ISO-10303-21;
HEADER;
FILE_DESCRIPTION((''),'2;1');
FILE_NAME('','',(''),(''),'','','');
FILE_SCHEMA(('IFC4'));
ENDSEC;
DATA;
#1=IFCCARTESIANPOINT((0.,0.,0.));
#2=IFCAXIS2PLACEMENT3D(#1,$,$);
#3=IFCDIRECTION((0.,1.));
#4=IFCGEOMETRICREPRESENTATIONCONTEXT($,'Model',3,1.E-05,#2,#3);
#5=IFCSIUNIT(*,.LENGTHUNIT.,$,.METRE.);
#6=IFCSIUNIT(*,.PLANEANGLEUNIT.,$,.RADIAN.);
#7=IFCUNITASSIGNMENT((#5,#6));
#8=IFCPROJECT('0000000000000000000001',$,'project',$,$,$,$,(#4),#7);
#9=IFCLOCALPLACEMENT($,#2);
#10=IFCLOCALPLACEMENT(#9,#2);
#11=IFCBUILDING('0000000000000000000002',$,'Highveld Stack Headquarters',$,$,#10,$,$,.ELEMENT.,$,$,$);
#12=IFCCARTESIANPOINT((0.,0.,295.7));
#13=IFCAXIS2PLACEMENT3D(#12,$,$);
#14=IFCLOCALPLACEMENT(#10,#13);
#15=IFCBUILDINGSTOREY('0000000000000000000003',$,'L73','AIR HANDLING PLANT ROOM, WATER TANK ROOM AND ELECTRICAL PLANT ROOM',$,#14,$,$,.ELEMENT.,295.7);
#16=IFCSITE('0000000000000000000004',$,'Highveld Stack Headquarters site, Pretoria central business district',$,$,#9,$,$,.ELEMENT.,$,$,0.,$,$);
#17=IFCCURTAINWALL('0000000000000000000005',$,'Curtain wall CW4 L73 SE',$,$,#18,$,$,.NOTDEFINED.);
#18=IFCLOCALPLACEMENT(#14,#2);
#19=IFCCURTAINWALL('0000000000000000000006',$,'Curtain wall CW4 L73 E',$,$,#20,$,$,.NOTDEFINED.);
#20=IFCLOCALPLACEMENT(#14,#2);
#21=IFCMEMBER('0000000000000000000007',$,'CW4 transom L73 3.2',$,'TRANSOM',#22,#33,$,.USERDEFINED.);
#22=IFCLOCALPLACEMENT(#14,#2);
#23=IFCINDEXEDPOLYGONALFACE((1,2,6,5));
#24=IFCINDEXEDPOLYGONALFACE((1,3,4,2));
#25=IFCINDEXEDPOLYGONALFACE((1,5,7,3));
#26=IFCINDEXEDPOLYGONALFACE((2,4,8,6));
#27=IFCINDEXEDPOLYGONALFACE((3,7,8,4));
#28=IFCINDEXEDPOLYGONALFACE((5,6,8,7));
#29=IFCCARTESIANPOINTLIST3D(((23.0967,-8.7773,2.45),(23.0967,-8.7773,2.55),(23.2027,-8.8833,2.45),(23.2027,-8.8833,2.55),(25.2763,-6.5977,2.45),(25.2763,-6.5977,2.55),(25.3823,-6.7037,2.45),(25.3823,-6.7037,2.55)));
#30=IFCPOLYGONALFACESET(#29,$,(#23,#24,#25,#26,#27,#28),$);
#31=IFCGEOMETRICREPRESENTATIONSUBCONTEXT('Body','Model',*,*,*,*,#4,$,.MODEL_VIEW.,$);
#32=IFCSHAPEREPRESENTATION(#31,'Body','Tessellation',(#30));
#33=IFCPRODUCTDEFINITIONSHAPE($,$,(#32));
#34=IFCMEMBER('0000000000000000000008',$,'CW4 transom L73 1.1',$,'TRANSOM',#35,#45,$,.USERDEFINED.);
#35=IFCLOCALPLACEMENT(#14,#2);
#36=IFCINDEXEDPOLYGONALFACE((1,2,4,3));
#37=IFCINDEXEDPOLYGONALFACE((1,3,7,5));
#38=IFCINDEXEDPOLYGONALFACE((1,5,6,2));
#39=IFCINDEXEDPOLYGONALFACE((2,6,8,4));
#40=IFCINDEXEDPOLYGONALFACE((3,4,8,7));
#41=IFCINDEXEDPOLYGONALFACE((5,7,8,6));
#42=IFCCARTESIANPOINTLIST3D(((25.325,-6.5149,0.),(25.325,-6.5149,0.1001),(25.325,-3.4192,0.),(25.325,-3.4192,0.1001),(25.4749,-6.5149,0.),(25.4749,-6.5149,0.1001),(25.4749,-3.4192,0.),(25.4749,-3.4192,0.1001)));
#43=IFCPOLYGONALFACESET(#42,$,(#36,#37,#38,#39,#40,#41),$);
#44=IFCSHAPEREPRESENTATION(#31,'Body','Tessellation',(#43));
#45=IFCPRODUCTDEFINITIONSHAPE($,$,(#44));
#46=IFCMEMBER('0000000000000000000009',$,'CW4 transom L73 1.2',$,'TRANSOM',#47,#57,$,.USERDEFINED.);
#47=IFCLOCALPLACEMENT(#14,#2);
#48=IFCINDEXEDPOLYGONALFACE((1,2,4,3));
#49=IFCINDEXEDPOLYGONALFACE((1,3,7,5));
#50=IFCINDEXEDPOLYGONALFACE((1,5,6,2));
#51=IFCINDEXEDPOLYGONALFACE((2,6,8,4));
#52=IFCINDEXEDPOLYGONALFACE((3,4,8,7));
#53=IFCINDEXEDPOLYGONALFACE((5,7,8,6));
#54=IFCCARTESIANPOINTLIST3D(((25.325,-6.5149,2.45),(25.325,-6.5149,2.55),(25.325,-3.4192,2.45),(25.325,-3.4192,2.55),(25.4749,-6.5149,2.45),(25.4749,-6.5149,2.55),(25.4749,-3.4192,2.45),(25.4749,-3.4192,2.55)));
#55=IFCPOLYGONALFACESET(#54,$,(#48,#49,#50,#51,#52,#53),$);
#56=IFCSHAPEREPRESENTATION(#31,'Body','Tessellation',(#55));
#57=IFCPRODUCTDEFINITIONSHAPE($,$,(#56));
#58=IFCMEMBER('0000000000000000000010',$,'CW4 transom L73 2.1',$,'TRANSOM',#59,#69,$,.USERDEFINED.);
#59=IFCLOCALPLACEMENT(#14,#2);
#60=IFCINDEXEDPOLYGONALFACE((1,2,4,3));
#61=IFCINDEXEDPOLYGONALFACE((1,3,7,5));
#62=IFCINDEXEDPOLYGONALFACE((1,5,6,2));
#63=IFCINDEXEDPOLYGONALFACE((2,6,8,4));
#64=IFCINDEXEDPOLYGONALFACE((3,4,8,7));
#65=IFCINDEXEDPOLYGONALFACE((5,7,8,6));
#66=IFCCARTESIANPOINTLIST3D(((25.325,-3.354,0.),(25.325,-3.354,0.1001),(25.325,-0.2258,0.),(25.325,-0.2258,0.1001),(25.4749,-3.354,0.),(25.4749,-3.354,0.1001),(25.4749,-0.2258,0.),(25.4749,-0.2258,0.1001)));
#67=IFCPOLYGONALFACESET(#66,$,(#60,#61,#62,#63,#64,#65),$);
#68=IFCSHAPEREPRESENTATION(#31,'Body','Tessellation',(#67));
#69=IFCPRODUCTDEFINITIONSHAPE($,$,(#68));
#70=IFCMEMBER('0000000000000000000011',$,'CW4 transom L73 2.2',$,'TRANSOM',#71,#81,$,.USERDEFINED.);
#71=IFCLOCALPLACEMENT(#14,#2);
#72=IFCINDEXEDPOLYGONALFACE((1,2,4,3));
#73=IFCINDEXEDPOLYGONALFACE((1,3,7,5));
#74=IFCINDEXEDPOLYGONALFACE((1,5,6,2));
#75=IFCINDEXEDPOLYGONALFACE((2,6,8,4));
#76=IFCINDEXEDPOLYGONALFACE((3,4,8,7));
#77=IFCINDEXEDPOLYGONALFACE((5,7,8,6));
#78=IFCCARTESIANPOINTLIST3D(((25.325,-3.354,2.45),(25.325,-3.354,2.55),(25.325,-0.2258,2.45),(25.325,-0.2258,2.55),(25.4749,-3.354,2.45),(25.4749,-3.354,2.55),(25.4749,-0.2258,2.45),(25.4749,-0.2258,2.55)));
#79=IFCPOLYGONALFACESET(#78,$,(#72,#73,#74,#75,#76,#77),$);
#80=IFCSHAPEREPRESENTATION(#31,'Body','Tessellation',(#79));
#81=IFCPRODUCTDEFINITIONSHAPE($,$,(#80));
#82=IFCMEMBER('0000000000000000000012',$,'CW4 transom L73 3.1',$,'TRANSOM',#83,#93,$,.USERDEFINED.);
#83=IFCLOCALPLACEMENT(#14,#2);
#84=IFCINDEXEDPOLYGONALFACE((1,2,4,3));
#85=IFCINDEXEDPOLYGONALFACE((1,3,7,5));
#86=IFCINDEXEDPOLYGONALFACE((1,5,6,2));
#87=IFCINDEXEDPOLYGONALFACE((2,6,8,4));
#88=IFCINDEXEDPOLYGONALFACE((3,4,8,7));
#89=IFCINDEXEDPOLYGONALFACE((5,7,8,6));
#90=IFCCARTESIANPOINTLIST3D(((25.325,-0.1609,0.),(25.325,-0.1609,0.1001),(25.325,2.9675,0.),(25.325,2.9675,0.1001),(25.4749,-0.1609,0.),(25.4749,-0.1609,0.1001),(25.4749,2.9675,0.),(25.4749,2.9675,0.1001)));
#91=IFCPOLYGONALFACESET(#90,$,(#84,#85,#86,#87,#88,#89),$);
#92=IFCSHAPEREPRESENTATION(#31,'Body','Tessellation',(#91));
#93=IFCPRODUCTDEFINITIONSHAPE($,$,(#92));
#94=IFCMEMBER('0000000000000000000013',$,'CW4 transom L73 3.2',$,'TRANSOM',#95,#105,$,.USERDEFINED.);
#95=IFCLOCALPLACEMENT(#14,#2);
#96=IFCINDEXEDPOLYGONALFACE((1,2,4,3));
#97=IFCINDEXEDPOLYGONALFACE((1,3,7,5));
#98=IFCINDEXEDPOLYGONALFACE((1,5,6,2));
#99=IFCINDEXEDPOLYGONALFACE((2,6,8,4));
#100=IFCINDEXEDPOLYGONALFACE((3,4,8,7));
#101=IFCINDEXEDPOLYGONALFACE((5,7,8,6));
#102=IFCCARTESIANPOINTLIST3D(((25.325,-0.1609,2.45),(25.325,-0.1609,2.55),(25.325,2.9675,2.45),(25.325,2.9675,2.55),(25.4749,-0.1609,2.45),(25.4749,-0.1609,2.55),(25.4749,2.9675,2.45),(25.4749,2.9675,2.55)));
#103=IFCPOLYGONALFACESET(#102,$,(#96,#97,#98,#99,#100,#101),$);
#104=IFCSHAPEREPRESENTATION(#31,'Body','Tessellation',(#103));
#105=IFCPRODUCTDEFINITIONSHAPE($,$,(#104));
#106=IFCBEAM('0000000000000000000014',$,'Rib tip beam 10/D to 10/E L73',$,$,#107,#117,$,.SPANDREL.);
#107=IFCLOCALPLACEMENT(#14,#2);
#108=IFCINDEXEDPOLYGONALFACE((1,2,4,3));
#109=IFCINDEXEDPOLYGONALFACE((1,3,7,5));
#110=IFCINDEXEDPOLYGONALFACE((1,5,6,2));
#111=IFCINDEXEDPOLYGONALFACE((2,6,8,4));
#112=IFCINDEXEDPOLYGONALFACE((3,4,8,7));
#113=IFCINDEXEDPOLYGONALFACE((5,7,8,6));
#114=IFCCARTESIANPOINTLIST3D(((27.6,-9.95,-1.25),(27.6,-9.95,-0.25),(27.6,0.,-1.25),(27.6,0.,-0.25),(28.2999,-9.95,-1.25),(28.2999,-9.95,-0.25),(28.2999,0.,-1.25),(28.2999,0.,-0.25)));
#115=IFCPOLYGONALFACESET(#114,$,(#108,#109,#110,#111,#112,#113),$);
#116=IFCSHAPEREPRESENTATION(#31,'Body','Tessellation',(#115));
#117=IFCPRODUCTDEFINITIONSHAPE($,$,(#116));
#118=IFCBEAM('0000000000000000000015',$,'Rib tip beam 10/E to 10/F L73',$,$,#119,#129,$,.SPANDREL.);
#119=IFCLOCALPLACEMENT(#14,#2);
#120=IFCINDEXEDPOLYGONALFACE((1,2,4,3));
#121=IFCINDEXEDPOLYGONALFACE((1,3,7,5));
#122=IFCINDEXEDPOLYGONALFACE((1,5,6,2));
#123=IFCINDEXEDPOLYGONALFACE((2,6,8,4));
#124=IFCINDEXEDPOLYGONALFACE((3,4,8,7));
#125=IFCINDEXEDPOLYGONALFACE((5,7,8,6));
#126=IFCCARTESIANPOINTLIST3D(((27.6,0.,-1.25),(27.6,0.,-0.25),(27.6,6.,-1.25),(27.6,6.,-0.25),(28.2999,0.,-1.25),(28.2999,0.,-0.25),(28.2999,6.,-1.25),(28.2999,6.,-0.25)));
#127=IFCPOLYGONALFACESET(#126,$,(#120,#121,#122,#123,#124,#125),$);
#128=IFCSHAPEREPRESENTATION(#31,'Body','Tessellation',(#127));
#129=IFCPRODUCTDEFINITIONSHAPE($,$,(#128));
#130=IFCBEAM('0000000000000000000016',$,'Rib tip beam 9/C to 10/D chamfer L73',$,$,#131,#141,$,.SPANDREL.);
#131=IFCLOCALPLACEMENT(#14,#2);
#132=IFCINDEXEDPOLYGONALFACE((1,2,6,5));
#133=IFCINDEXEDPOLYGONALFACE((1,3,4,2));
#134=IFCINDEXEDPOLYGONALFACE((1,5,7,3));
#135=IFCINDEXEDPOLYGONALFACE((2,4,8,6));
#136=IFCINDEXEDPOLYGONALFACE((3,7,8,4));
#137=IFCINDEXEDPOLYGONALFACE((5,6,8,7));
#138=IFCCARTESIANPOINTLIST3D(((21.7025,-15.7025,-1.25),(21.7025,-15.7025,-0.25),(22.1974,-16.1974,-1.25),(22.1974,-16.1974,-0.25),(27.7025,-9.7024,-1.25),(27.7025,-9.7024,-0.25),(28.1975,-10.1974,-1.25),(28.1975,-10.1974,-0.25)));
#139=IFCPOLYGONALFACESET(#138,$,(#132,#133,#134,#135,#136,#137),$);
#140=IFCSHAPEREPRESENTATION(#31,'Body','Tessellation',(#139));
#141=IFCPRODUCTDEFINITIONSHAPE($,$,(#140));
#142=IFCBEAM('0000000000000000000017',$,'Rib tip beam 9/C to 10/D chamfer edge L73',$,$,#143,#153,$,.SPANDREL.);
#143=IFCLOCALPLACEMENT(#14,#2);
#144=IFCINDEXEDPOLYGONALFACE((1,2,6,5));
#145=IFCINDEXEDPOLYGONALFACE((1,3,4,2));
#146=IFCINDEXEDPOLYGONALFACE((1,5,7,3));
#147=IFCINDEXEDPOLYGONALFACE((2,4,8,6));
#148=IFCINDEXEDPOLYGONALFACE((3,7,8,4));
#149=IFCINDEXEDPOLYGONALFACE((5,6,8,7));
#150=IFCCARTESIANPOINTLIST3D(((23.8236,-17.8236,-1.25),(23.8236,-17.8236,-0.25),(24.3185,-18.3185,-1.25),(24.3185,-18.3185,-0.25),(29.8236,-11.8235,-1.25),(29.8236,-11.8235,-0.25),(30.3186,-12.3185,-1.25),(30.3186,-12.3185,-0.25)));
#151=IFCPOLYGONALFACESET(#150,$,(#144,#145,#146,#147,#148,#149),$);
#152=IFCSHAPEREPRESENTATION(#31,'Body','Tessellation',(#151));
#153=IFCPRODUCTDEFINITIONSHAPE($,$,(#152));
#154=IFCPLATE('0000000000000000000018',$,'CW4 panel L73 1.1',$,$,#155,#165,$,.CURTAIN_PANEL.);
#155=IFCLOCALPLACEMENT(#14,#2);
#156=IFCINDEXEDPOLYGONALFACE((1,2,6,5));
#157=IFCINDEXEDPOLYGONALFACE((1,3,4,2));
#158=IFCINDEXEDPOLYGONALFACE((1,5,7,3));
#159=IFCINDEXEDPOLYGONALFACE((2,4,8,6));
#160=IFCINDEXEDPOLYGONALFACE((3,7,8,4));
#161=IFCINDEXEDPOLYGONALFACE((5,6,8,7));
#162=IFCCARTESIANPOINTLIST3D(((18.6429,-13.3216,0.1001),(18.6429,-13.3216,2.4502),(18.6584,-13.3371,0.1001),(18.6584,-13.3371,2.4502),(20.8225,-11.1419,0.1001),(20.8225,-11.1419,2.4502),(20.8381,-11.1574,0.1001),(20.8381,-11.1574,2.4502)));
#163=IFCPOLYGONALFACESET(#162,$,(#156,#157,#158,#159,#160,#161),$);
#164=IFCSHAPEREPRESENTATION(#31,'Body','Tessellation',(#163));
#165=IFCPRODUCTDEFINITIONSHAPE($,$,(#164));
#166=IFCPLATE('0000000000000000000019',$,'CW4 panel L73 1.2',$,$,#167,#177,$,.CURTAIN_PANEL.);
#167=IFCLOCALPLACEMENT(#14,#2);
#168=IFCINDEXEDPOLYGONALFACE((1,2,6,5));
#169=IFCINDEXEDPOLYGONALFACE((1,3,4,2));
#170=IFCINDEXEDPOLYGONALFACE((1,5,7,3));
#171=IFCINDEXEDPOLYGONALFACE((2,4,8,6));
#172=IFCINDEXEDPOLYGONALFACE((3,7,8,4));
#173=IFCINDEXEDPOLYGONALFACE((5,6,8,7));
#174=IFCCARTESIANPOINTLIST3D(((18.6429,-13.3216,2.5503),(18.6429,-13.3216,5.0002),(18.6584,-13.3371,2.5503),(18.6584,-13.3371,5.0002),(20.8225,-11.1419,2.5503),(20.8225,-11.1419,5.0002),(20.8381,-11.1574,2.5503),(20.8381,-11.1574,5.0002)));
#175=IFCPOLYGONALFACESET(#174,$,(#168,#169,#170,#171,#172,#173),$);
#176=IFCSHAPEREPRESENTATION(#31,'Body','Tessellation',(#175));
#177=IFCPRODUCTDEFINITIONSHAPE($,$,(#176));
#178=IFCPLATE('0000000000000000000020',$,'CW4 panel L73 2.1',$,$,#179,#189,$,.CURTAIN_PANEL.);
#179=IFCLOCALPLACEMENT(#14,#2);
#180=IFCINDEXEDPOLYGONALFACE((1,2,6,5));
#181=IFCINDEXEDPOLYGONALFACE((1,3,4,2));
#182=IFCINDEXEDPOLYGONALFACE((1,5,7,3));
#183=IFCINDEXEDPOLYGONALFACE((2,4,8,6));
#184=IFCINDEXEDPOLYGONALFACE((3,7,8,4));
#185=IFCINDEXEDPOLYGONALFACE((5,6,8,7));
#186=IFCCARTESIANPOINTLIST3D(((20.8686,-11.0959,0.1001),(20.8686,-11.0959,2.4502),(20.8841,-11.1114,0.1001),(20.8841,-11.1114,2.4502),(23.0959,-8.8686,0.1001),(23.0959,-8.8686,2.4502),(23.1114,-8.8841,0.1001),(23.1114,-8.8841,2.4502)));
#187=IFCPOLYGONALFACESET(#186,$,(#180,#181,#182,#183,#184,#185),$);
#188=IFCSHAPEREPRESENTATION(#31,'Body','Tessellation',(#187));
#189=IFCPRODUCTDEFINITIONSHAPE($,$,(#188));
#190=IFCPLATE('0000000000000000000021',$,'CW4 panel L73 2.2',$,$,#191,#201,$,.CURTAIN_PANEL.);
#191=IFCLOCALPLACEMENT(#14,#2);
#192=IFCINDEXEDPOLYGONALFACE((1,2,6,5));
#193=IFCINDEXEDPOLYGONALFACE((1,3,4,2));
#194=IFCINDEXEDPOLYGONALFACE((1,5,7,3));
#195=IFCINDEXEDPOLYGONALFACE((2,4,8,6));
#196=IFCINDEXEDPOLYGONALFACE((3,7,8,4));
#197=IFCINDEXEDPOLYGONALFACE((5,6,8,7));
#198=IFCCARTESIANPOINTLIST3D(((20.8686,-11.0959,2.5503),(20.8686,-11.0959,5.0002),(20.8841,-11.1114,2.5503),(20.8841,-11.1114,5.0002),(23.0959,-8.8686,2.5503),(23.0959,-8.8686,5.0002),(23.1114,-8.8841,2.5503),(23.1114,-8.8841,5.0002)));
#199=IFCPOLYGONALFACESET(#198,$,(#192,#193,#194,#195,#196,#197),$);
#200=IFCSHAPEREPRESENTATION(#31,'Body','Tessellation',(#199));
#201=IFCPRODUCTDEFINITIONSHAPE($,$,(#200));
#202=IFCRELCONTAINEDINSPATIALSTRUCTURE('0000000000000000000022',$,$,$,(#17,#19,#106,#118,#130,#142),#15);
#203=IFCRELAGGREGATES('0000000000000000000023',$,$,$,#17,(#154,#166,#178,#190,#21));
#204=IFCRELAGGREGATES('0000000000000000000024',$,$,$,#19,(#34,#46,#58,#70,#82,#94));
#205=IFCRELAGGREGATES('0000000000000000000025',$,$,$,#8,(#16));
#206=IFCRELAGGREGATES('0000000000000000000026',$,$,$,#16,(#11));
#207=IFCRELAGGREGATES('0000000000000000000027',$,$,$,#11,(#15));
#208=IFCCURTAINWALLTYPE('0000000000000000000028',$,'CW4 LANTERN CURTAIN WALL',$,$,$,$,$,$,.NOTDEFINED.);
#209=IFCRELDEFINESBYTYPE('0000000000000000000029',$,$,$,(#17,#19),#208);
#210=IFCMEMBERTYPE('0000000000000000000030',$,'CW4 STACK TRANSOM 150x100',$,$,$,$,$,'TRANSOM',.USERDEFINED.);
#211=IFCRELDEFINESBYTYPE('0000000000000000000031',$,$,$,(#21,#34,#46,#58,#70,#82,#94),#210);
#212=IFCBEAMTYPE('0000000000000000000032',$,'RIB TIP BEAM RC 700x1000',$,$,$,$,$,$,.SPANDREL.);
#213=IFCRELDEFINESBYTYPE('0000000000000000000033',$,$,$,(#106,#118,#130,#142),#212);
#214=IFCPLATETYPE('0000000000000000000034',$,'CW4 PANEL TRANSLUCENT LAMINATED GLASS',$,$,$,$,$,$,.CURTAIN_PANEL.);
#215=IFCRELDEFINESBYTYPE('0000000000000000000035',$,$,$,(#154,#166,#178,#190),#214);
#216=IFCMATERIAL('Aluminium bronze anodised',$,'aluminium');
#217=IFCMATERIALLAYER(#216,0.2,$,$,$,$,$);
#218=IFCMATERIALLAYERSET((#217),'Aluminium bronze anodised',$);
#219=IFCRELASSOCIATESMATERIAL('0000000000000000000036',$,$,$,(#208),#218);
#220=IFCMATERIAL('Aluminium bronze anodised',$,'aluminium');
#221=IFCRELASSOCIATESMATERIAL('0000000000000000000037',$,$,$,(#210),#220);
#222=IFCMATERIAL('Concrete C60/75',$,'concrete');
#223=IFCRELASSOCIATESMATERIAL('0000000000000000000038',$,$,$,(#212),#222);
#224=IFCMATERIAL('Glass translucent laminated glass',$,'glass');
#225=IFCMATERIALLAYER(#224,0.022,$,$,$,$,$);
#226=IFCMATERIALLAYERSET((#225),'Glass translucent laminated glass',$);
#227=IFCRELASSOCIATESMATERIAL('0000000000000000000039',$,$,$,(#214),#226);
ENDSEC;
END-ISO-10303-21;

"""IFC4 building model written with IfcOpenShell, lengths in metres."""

from ifc_helpers import new_model, si_unit, direction, frame, origin, origin_2d, place, context, subcontext, project, spatial, rectangle, extrude, material, layer, layer_set, material_profile, profile_set, type_object, element, aggregate, save


model = new_model("IFC4")

# Units and contexts
model_context = context("Model", 3, precision=1e-05, world=origin(), true_north=direction((0.0, 1.0)))
body_context = subcontext(model_context, "Body", "Model", "MODEL_VIEW")
ifc_project = project(units=[si_unit("LENGTHUNIT", "METRE"), si_unit("PLANEANGLEUNIT", "RADIAN")], contexts=[model_context])

# Site, building, storey
site_placement = place(None, origin())
site = spatial("IfcSite", under=ifc_project, at=site_placement, Name="Highveld Stack Headquarters site, Pretoria central business district", CompositionType="ELEMENT", RefElevation=0.0)
building_placement = place(site_placement, origin())
building = spatial("IfcBuilding", under=site, at=building_placement, Name="Highveld Stack Headquarters", CompositionType="ELEMENT")
storey_placement = place(building_placement, frame((0.0, 0.0, 295.7)))
storey = spatial("IfcBuildingStorey", under=building, at=storey_placement, Name="L73", Description="AIR HANDLING PLANT ROOM, WATER TANK ROOM AND ELECTRICAL PLANT ROOM", CompositionType="ELEMENT", Elevation=295.7)

# Curtain walls
ifc_material_1 = material(Name="Aluminium bronze anodised", Category="aluminium")
ifc_layer_1 = layer(ifc_material_1, 0.2)
ifc_layer_set_1 = layer_set([ifc_layer_1], Name="Aluminium bronze anodised")
curtain_wall_type = type_object("IfcCurtainWallType", Name="CW4 LANTERN CURTAIN WALL", PredefinedType="NOTDEFINED", material=ifc_layer_set_1)
curtain_wall_1_placement = place(storey_placement, origin())
curtain_wall_1 = element("IfcCurtainWall", 1, at=curtain_wall_1_placement, inside=storey, type_object=curtain_wall_type, Name="Curtain wall CW4 L73 SE", PredefinedType="NOTDEFINED")
curtain_wall_2_placement = place(storey_placement, origin())
curtain_wall_2 = element("IfcCurtainWall", 2, at=curtain_wall_2_placement, inside=storey, type_object=curtain_wall_type, Name="Curtain wall CW4 L73 E", PredefinedType="NOTDEFINED")

# Members
ifc_material_2 = material(Name="Aluminium bronze anodised", Category="aluminium")
ifc_material_profile_1 = material_profile(ifc_material_2, rectangle(XDim=0.1499, YDim=0.1001, at=origin_2d()), Name="CW4 TRANSOM 150x100")
ifc_profile_set_1 = profile_set([ifc_material_profile_1], Name="Aluminium bronze anodised")
member_type_1 = type_object("IfcMemberType", Name="CW4 STACK TRANSOM 150x100", ElementType="TRANSOM", PredefinedType="USERDEFINED", material=ifc_profile_set_1)
member_1_placement = place(storey_placement, frame((23.1497, -8.8303, 2.5), z_axis=(0.707107, 0.707107, 0.0), x_axis=(-0.707107, 0.707107, 0.0)))
member_1 = element("IfcMember", 3, at=member_1_placement, type_object=member_type_1, Name="CW4 transom L73 3.2", ObjectType="TRANSOM", PredefinedType="USERDEFINED", context=body_context, shape_type="SweptSolid", body=[
    extrude(rectangle(XDim=0.1499, YDim=0.1001, at=origin_2d()), origin(), (0.0, 0.0, 1.0), 3.0825),
])
member_2_placement = place(storey_placement, frame((25.3999, -6.5149, 0.05), z_axis=(0.0, 1.0, 0.0), x_axis=(-1.0, 0.0, 0.0)))
member_2 = element("IfcMember", 4, at=member_2_placement, type_object=member_type_1, Name="CW4 transom L73 1.1", ObjectType="TRANSOM", PredefinedType="USERDEFINED", context=body_context, shape_type="SweptSolid", body=[
    extrude(rectangle(XDim=0.1499, YDim=0.1001, at=origin_2d()), origin(), (0.0, 0.0, 1.0), 3.0957),
])
member_3_placement = place(storey_placement, frame((25.3999, -6.5149, 2.5), z_axis=(0.0, 1.0, 0.0), x_axis=(-1.0, 0.0, 0.0)))
member_3 = element("IfcMember", 5, at=member_3_placement, type_object=member_type_1, Name="CW4 transom L73 1.2", ObjectType="TRANSOM", PredefinedType="USERDEFINED", context=body_context, shape_type="SweptSolid", body=[
    extrude(rectangle(XDim=0.1499, YDim=0.1001, at=origin_2d()), origin(), (0.0, 0.0, 1.0), 3.0957),
])
member_4_placement = place(storey_placement, frame((25.3999, -3.354, 0.05), z_axis=(0.0, 1.0, 0.0), x_axis=(-1.0, 0.0, 0.0)))
member_4 = element("IfcMember", 6, at=member_4_placement, type_object=member_type_1, Name="CW4 transom L73 2.1", ObjectType="TRANSOM", PredefinedType="USERDEFINED", context=body_context, shape_type="SweptSolid", body=[
    extrude(rectangle(XDim=0.1499, YDim=0.1001, at=origin_2d()), origin(), (0.0, 0.0, 1.0), 3.1282),
])
member_5_placement = place(storey_placement, frame((25.3999, -3.354, 2.5), z_axis=(0.0, 1.0, 0.0), x_axis=(-1.0, 0.0, 0.0)))
member_5 = element("IfcMember", 7, at=member_5_placement, type_object=member_type_1, Name="CW4 transom L73 2.2", ObjectType="TRANSOM", PredefinedType="USERDEFINED", context=body_context, shape_type="SweptSolid", body=[
    extrude(rectangle(XDim=0.1499, YDim=0.1001, at=origin_2d()), origin(), (0.0, 0.0, 1.0), 3.1282),
])
member_6_placement = place(storey_placement, frame((25.3999, -0.1609, 0.05), z_axis=(0.0, 1.0, 0.0), x_axis=(-1.0, 0.0, 0.0)))
member_6 = element("IfcMember", 8, at=member_6_placement, type_object=member_type_1, Name="CW4 transom L73 3.1", ObjectType="TRANSOM", PredefinedType="USERDEFINED", context=body_context, shape_type="SweptSolid", body=[
    extrude(rectangle(XDim=0.1499, YDim=0.1001, at=origin_2d()), origin(), (0.0, 0.0, 1.0), 3.1284),
])
member_7_placement = place(storey_placement, frame((25.3999, -0.1609, 2.5), z_axis=(0.0, 1.0, 0.0), x_axis=(-1.0, 0.0, 0.0)))
member_7 = element("IfcMember", 9, at=member_7_placement, type_object=member_type_1, Name="CW4 transom L73 3.2", ObjectType="TRANSOM", PredefinedType="USERDEFINED", context=body_context, shape_type="SweptSolid", body=[
    extrude(rectangle(XDim=0.1499, YDim=0.1001, at=origin_2d()), origin(), (0.0, 0.0, 1.0), 3.1284),
])

# Beams
ifc_material_3 = material(Name="Concrete C60/75", Category="concrete")
ifc_material_profile_2 = material_profile(ifc_material_3, rectangle(XDim=0.7, YDim=1.0, at=origin_2d()), Name="RC 700x1000")
ifc_profile_set_2 = profile_set([ifc_material_profile_2], Name="Concrete C60/75")
beam_type_1 = type_object("IfcBeamType", Name="RIB TIP BEAM RC 700x1000", PredefinedType="SPANDREL", material=ifc_profile_set_2)
beam_1_placement = place(storey_placement, frame((27.95, -9.95, -0.75), z_axis=(0.0, 1.0, 0.0), x_axis=(-1.0, 0.0, 0.0)))
element("IfcBeam", 10, at=beam_1_placement, inside=storey, type_object=beam_type_1, Name="Rib tip beam 10/D to 10/E L73", PredefinedType="SPANDREL", context=body_context, shape_type="SweptSolid", body=[
    extrude(rectangle(XDim=0.7, YDim=1.0, at=origin_2d()), origin(), (0.0, 0.0, 1.0), 9.95),
])
beam_2_placement = place(storey_placement, frame((27.95, 0.0, -0.75), z_axis=(0.0, 1.0, 0.0), x_axis=(-1.0, 0.0, 0.0)))
element("IfcBeam", 11, at=beam_2_placement, inside=storey, type_object=beam_type_1, Name="Rib tip beam 10/E to 10/F L73", PredefinedType="SPANDREL", context=body_context, shape_type="SweptSolid", body=[
    extrude(rectangle(XDim=0.7, YDim=1.0, at=origin_2d()), origin(), (0.0, 0.0, 1.0), 6.0),
])
for number, where, z_axis, x_axis, name in (
    (12, (21.95, -15.95, -0.75), (0.707107, 0.707107, 0.0), (-0.707107, 0.707107, 0.0), "Rib tip beam 9/C to 10/D chamfer L73"),
    (13, (24.071, -18.071, -0.75), (0.707107, 0.707107, 0.0), (-0.707107, 0.707107, 0.0), "Rib tip beam 9/C to 10/D chamfer edge L73"),
):
    element("IfcBeam", number, at=place(storey_placement, frame(where, z_axis=z_axis, x_axis=x_axis)), inside=storey, type_object=beam_type_1, Name=name, PredefinedType="SPANDREL", context=body_context, shape_type="SweptSolid", body=[
        extrude(rectangle(XDim=0.7, YDim=1.0, at=origin_2d()), origin(), (0.0, 0.0, 1.0), 8.4854),
    ])

# Plates
ifc_material_4 = material(Name="Glass translucent laminated glass", Category="glass")
ifc_layer_2 = layer(ifc_material_4, 0.022)
ifc_layer_set_2 = layer_set([ifc_layer_2], Name="Glass translucent laminated glass")
plate_type = type_object("IfcPlateType", Name="CW4 PANEL TRANSLUCENT LAMINATED GLASS", PredefinedType="CURTAIN_PANEL", material=ifc_layer_set_2)
plate_1_placement = place(storey_placement, frame((19.7405, -12.2395, 0.1001), z_axis=(0.0, 0.0, 1.0), x_axis=(0.707107, 0.707107, 0.0)))
plate_1 = element("IfcPlate", 14, at=plate_1_placement, type_object=plate_type, Name="CW4 panel L73 1.1", PredefinedType="CURTAIN_PANEL", context=body_context, shape_type="SweptSolid", body=[
    extrude(rectangle(XDim=3.0825, YDim=0.022, at=origin_2d()), origin(), (0.0, 0.0, 1.0), 2.3501),
])
plate_2_placement = place(storey_placement, frame((19.7405, -12.2395, 2.5503), z_axis=(0.0, 0.0, 1.0), x_axis=(0.707107, 0.707107, 0.0)))
plate_2 = element("IfcPlate", 15, at=plate_2_placement, type_object=plate_type, Name="CW4 panel L73 1.2", PredefinedType="CURTAIN_PANEL", context=body_context, shape_type="SweptSolid", body=[
    extrude(rectangle(XDim=3.0825, YDim=0.022, at=origin_2d()), origin(), (0.0, 0.0, 1.0), 2.45),
])
plate_3_placement = place(storey_placement, frame((21.99, -9.99, 0.1001), z_axis=(0.0, 0.0, 1.0), x_axis=(0.707107, 0.707107, 0.0)))
plate_3 = element("IfcPlate", 16, at=plate_3_placement, type_object=plate_type, Name="CW4 panel L73 2.1", PredefinedType="CURTAIN_PANEL", context=body_context, shape_type="SweptSolid", body=[
    extrude(rectangle(XDim=3.1499, YDim=0.022, at=origin_2d()), origin(), (0.0, 0.0, 1.0), 2.3501),
])
plate_4_placement = place(storey_placement, frame((21.99, -9.99, 2.5503), z_axis=(0.0, 0.0, 1.0), x_axis=(0.707107, 0.707107, 0.0)))
plate_4 = element("IfcPlate", 17, at=plate_4_placement, type_object=plate_type, Name="CW4 panel L73 2.2", PredefinedType="CURTAIN_PANEL", context=body_context, shape_type="SweptSolid", body=[
    extrude(rectangle(XDim=3.1499, YDim=0.022, at=origin_2d()), origin(), (0.0, 0.0, 1.0), 2.45),
])
aggregate(curtain_wall_1, [plate_1, plate_2, plate_3, plate_4, member_1])
aggregate(curtain_wall_2, [member_2, member_3, member_4, member_5, member_6, member_7])

save(model, "model.ifc")
